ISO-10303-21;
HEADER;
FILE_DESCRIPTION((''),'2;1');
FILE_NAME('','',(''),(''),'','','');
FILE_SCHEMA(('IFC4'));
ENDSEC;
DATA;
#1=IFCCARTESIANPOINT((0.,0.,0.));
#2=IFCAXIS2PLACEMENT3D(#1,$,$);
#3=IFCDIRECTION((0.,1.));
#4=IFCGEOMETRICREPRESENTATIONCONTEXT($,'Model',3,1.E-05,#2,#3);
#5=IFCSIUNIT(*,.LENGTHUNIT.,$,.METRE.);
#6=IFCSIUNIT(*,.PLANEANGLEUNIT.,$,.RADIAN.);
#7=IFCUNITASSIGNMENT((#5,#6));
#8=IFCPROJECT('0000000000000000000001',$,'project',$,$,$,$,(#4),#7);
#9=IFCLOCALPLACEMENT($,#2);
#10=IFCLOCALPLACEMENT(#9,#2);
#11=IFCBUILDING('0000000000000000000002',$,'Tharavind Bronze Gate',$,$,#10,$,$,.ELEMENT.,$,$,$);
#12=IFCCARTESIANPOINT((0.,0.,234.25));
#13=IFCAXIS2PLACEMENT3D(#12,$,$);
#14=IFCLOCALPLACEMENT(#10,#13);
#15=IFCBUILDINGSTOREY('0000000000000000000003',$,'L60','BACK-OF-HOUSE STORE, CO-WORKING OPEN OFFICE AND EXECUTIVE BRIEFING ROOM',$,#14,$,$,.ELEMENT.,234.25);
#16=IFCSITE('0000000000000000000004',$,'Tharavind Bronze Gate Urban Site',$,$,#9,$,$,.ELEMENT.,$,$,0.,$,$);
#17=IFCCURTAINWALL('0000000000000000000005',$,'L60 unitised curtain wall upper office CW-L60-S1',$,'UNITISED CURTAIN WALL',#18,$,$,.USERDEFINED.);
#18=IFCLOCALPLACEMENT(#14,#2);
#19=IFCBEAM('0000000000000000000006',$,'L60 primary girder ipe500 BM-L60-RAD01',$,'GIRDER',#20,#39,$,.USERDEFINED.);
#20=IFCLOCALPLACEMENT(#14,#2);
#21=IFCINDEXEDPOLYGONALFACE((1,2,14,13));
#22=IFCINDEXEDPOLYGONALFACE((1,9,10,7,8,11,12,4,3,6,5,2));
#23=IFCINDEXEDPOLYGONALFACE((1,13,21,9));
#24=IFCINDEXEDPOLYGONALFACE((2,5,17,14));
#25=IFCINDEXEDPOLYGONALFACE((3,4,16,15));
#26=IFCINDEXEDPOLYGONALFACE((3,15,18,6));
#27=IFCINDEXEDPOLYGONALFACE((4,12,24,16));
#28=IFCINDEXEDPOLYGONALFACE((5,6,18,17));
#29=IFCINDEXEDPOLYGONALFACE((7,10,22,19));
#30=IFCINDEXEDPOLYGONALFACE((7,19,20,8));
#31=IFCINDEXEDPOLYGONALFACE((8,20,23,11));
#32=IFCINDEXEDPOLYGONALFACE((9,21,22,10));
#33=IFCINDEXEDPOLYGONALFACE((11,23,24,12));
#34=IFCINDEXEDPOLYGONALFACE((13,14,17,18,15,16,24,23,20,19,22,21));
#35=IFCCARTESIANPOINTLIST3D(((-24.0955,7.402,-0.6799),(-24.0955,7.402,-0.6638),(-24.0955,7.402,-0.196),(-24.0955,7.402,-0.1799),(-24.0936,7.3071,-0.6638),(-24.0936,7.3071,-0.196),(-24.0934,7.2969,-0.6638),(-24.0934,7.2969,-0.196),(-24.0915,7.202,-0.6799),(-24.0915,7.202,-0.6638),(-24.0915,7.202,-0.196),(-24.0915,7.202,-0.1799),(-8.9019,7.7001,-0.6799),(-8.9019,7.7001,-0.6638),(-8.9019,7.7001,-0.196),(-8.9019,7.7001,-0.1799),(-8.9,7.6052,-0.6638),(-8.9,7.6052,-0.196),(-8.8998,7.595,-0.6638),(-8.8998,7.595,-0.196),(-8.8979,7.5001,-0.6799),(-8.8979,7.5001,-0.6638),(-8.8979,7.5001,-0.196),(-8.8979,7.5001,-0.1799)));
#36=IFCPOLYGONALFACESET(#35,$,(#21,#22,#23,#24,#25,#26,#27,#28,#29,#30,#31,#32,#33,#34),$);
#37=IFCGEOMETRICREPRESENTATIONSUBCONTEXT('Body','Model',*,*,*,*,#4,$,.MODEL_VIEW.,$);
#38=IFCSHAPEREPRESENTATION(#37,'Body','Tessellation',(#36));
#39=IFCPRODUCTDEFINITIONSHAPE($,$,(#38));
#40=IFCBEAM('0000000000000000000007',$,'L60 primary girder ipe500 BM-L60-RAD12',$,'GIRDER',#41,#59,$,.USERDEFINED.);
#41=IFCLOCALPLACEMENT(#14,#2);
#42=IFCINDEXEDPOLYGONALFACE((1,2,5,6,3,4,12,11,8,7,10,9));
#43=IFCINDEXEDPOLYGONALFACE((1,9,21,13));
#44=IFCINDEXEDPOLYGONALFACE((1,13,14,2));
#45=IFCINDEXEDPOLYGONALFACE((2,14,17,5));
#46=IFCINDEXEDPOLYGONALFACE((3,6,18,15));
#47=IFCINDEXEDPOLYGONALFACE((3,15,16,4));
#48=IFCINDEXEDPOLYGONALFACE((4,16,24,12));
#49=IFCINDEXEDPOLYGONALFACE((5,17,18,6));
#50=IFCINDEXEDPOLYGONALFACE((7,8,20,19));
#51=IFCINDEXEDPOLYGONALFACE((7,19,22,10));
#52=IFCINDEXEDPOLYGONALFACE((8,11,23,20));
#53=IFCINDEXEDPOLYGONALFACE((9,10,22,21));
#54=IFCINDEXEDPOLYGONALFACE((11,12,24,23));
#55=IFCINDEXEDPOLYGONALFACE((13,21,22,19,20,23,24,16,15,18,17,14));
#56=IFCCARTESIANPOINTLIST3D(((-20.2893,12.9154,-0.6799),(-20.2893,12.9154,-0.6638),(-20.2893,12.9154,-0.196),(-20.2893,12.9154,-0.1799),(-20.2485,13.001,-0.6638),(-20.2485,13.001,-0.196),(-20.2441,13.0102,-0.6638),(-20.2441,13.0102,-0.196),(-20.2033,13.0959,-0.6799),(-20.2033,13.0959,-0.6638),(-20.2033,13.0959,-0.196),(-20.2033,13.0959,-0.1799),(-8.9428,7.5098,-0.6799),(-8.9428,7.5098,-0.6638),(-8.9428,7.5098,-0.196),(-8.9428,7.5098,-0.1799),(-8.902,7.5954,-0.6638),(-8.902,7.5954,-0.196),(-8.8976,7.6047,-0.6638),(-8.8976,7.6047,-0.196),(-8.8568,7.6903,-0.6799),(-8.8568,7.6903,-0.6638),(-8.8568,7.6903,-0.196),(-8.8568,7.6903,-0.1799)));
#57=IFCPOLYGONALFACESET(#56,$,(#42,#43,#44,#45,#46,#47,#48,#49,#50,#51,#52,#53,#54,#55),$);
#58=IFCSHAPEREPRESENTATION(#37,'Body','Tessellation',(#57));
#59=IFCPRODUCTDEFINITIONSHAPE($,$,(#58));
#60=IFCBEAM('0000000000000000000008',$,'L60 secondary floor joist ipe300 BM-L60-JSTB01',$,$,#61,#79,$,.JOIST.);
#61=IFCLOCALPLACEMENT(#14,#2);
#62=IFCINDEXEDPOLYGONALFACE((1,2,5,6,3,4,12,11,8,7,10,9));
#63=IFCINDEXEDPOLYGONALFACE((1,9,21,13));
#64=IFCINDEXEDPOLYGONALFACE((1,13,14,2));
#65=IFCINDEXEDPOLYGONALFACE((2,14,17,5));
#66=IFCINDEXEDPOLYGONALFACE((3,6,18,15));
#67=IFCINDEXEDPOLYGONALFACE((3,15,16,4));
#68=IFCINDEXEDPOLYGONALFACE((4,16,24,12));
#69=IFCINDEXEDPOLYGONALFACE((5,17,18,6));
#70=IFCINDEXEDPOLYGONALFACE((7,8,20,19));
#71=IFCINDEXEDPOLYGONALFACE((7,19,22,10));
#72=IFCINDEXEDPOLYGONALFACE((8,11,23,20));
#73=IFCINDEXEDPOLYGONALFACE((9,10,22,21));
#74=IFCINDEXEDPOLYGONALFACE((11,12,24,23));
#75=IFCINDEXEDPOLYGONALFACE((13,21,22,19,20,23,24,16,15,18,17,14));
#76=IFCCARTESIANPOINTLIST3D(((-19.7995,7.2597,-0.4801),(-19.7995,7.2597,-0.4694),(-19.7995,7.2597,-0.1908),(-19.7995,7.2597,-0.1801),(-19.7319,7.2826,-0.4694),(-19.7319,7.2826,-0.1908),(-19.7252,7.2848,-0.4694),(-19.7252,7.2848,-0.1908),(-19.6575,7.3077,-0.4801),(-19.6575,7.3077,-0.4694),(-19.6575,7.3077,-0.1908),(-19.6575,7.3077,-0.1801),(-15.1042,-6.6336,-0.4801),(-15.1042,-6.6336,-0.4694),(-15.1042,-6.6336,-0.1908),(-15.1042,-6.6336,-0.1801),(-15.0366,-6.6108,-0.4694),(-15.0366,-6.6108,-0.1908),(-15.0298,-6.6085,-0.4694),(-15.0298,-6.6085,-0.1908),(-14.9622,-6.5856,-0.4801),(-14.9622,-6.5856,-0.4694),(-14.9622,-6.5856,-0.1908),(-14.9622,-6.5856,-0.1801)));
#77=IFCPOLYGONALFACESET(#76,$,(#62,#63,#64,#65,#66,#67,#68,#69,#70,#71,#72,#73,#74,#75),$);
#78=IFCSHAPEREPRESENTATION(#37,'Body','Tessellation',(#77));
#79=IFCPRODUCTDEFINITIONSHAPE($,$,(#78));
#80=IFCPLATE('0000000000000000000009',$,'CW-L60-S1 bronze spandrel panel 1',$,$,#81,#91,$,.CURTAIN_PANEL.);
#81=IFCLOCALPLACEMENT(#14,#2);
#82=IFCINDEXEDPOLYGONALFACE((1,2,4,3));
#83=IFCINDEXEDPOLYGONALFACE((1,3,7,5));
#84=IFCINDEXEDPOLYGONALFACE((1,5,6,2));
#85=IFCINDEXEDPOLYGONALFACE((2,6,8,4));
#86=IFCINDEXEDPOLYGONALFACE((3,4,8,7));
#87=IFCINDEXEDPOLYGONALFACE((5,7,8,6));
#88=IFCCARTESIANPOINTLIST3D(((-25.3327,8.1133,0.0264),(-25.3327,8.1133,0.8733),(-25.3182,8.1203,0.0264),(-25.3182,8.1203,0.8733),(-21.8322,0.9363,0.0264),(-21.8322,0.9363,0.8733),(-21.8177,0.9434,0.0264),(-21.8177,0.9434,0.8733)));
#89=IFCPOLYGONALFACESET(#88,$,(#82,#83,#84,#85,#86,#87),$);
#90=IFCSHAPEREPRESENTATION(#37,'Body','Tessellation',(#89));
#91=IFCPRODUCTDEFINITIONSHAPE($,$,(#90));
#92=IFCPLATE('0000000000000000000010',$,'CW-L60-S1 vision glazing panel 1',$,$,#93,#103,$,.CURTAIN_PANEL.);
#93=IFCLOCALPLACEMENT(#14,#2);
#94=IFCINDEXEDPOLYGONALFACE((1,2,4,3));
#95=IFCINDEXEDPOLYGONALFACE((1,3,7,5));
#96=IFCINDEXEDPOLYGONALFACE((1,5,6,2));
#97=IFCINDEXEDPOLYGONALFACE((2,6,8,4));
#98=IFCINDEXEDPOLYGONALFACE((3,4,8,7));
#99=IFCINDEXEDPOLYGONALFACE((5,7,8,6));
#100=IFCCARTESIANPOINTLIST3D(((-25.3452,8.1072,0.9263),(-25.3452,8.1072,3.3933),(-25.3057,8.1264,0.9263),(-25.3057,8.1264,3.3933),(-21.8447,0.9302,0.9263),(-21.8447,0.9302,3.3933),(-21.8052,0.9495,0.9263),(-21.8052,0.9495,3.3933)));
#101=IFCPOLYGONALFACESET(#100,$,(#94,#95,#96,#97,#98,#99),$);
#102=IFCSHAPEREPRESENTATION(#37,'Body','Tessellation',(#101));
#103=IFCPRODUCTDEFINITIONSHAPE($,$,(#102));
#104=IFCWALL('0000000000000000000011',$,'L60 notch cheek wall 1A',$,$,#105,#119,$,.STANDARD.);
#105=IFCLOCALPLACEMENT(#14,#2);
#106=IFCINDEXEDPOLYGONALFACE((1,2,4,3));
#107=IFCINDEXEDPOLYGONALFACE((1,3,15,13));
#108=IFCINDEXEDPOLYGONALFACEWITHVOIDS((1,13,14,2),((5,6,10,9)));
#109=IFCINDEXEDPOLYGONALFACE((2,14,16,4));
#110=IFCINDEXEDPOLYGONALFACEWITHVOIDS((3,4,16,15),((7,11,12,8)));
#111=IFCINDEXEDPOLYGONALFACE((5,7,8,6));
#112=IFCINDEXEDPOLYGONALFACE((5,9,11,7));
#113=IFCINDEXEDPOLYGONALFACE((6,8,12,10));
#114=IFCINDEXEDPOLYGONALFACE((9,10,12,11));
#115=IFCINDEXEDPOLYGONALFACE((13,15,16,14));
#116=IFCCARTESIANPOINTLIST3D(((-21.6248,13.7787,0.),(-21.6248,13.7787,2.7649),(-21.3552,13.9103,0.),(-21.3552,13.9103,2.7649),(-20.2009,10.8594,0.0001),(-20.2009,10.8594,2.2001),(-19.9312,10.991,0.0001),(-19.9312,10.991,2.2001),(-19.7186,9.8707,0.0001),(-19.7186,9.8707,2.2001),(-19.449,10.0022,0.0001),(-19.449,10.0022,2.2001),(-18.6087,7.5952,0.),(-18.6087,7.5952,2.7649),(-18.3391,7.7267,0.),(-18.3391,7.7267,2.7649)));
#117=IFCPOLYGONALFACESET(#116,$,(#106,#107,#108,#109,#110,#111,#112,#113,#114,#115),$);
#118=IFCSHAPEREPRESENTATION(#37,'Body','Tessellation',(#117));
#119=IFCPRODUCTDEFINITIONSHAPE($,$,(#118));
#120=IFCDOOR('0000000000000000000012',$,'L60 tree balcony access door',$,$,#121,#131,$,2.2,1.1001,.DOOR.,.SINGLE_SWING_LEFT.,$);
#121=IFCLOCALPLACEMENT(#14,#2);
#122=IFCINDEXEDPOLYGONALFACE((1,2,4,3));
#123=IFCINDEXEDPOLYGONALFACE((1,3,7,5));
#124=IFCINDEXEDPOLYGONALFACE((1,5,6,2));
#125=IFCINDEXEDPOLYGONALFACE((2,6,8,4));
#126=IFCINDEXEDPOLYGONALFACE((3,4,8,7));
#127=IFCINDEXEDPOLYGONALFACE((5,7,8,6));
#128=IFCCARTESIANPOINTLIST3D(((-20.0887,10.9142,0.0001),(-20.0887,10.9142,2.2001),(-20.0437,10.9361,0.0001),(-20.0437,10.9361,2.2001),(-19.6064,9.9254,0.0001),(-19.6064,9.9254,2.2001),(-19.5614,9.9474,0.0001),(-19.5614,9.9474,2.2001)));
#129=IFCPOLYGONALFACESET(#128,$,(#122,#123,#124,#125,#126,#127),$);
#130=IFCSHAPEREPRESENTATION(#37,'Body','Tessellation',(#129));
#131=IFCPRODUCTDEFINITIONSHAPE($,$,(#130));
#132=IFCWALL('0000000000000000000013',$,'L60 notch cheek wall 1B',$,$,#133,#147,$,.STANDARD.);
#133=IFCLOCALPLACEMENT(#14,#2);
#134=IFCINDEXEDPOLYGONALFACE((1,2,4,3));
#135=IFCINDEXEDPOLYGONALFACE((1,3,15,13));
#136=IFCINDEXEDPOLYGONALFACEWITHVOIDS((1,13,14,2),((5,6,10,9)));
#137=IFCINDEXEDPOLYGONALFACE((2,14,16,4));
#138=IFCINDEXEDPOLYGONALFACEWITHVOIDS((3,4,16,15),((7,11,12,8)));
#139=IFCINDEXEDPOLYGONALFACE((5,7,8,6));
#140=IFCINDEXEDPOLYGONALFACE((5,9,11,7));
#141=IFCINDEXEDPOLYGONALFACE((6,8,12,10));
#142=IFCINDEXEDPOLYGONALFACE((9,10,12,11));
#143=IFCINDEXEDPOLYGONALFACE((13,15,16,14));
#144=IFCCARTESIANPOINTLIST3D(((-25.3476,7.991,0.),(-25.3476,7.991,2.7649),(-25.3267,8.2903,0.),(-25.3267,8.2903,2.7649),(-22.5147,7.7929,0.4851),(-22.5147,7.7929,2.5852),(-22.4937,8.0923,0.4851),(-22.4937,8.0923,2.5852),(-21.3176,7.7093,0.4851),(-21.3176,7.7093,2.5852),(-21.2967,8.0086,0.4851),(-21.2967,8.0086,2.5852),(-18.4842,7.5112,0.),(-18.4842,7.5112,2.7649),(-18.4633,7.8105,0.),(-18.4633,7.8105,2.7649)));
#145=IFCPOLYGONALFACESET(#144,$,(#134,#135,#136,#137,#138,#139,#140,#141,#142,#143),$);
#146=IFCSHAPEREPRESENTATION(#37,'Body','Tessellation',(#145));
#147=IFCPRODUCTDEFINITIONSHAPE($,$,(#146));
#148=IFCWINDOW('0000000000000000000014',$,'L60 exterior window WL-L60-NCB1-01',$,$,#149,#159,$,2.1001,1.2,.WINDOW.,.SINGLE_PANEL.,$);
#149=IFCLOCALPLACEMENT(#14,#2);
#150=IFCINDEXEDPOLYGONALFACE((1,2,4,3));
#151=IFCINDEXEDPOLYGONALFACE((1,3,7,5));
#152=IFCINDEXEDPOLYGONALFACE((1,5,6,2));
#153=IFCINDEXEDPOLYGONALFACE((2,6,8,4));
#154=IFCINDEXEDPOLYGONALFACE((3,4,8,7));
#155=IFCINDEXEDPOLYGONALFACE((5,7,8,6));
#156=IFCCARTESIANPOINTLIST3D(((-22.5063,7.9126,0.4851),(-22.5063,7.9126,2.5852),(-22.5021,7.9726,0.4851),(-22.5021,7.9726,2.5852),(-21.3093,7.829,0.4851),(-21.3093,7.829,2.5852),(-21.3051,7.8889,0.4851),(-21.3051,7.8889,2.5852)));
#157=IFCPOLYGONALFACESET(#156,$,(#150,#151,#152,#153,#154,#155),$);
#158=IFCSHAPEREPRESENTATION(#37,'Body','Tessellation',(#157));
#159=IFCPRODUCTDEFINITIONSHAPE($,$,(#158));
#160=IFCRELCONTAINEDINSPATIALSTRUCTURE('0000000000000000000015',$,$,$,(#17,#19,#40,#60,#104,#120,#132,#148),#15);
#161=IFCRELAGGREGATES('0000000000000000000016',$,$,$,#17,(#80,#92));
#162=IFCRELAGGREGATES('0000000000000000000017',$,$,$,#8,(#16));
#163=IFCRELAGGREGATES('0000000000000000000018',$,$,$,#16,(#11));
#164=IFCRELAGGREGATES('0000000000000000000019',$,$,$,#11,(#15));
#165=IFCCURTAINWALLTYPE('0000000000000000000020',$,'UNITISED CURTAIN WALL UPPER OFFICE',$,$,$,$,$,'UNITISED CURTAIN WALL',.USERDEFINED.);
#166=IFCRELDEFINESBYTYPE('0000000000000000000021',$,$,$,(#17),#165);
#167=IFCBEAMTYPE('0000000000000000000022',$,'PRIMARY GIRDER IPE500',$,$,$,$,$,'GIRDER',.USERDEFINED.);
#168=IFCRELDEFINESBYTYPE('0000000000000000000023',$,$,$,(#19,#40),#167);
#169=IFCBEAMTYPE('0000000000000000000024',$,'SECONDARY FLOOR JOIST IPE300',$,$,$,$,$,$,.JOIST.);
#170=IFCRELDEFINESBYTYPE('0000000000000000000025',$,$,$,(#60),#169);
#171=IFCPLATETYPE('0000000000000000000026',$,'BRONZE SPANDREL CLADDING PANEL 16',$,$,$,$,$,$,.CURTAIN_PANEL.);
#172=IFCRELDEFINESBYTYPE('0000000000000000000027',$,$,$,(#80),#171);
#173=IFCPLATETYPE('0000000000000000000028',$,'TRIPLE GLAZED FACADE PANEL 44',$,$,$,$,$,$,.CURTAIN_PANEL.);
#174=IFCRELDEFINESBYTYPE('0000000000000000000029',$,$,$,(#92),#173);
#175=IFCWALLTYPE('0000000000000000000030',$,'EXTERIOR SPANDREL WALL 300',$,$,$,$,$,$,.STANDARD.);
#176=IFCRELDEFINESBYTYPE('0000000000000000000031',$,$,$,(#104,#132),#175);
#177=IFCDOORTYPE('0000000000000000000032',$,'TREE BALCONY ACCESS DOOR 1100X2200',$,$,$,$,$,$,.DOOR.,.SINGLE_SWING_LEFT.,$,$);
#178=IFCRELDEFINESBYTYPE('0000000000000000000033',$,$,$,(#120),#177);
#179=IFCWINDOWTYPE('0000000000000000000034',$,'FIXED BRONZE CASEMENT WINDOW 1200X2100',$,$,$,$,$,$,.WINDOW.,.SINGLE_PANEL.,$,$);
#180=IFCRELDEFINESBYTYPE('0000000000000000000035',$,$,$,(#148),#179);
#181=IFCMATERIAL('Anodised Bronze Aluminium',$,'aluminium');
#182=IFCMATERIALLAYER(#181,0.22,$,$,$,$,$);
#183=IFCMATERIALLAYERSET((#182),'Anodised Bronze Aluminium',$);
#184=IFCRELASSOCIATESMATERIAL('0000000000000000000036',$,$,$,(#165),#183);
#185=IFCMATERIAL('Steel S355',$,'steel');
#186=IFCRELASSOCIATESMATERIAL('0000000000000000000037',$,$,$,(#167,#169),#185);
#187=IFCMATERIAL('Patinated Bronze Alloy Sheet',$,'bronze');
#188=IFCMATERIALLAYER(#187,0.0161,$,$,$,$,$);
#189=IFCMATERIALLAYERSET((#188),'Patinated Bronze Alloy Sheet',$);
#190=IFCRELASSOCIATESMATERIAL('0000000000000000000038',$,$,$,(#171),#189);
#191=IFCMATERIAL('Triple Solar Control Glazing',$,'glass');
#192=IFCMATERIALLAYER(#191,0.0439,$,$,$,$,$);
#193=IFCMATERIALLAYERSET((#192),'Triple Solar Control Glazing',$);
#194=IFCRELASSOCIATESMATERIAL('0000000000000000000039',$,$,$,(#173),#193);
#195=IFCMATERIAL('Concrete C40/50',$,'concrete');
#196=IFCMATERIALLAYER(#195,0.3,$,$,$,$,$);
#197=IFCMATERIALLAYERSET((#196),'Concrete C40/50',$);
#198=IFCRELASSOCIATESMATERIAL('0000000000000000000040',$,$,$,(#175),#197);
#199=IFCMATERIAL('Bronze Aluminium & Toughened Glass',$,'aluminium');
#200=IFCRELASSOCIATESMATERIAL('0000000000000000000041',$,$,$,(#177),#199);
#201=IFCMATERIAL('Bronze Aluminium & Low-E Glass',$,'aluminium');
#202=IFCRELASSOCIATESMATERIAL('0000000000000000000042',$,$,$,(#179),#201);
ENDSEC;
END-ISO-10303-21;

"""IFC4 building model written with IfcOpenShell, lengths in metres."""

from ifc_helpers import new_model, si_unit, direction, frame, frame_2d, origin, origin_2d, place, context, subcontext, project, spatial, rectangle, i_section, extrude, material, layer, layer_set, material_profile, profile_set, type_object, element, fill, aggregate, save


model = new_model("IFC4")

# Units and contexts
model_context = context("Model", 3, precision=1e-05, world=origin(), true_north=direction((0.0, 1.0)))
body_context = subcontext(model_context, "Body", "Model", "MODEL_VIEW")
ifc_project = project(units=[si_unit("LENGTHUNIT", "METRE"), si_unit("PLANEANGLEUNIT", "RADIAN")], contexts=[model_context])

# Site, building, storey
site_placement = place(None, origin())
site = spatial("IfcSite", under=ifc_project, at=site_placement, Name="Tharavind Bronze Gate Urban Site", CompositionType="ELEMENT", RefElevation=0.0)
building_placement = place(site_placement, origin())
building = spatial("IfcBuilding", under=site, at=building_placement, Name="Tharavind Bronze Gate", CompositionType="ELEMENT")
storey_placement = place(building_placement, frame((0.0, 0.0, 234.25)))
storey = spatial("IfcBuildingStorey", under=building, at=storey_placement, Name="L60", Description="BACK-OF-HOUSE STORE, CO-WORKING OPEN OFFICE AND EXECUTIVE BRIEFING ROOM", CompositionType="ELEMENT", Elevation=234.25)

# Curtain wall
ifc_material_1 = material(Name="Anodised Bronze Aluminium", Category="aluminium")
ifc_layer_1 = layer(ifc_material_1, 0.22)
ifc_layer_set_1 = layer_set([ifc_layer_1], Name="Anodised Bronze Aluminium")
curtain_wall_type = type_object("IfcCurtainWallType", Name="UNITISED CURTAIN WALL UPPER OFFICE", ElementType="UNITISED CURTAIN WALL", PredefinedType="USERDEFINED", material=ifc_layer_set_1)
curtain_wall_1_placement = place(storey_placement, origin())
curtain_wall_1 = element("IfcCurtainWall", 1, at=curtain_wall_1_placement, inside=storey, type_object=curtain_wall_type, Name="L60 unitised curtain wall upper office CW-L60-S1", ObjectType="UNITISED CURTAIN WALL", PredefinedType="USERDEFINED")

# Beams
ifc_material_2 = material(Name="Steel S355", Category="steel")
ifc_material_profile_1 = material_profile(ifc_material_2, i_section(OverallWidth=0.2, OverallDepth=0.5, WebThickness=0.0103, FlangeThickness=0.0161, at=origin_2d()), Name="IPE500")
ifc_profile_set_1 = profile_set([ifc_material_profile_1], Name="Steel S355")
beam_type_1 = type_object("IfcBeamType", Name="PRIMARY GIRDER IPE500", ElementType="GIRDER", PredefinedType="USERDEFINED", material=ifc_profile_set_1)
beam_1_placement = place(storey_placement, frame((-24.0935, 7.302, -0.4299), z_axis=(0.999808, 0.019616, 0.0), x_axis=(-0.019616, 0.999808, 0.0)))
element("IfcBeam", 2, at=beam_1_placement, inside=storey, type_object=beam_type_1, Name="L60 primary girder ipe500 BM-L60-RAD01", ObjectType="GIRDER", PredefinedType="USERDEFINED", context=body_context, shape_type="SweptSolid", body=[
    extrude(i_section(OverallWidth=0.2, OverallDepth=0.5, WebThickness=0.0103, FlangeThickness=0.0161, at=origin_2d()), origin(), (0.0, 0.0, 1.0), 15.1965),
])
beam_2_placement = place(storey_placement, frame((-20.2463, 13.0056, -0.4299), z_axis=(0.902785, -0.430093, 0.0), x_axis=(0.430093, 0.902785, 0.0)))
element("IfcBeam", 3, at=beam_2_placement, inside=storey, type_object=beam_type_1, Name="L60 primary girder ipe500 BM-L60-RAD12", ObjectType="GIRDER", PredefinedType="USERDEFINED", context=body_context, shape_type="SweptSolid", body=[
    extrude(i_section(OverallWidth=0.2, OverallDepth=0.5, WebThickness=0.0103, FlangeThickness=0.0161, at=origin_2d()), origin(), (0.0, 0.0, 1.0), 12.5684),
])
ifc_material_profile_2 = material_profile(ifc_material_2, i_section(OverallWidth=0.1499, OverallDepth=0.3, WebThickness=0.0071, FlangeThickness=0.0107, at=origin_2d()), Name="IPE300")
ifc_profile_set_2 = profile_set([ifc_material_profile_2], Name="Steel S355")
beam_type_2 = type_object("IfcBeamType", Name="SECONDARY FLOOR JOIST IPE300", PredefinedType="JOIST", material=ifc_profile_set_2)
beam_3_placement = place(storey_placement, frame((-19.7285, 7.2837, -0.3301), z_axis=(0.320166, -0.947362, 0.0), x_axis=(0.947362, 0.320166, 0.0)))
element("IfcBeam", 4, at=beam_3_placement, inside=storey, type_object=beam_type_2, Name="L60 secondary floor joist ipe300 BM-L60-JSTB01", PredefinedType="JOIST", context=body_context, shape_type="SweptSolid", body=[
    extrude(i_section(OverallWidth=0.1499, OverallDepth=0.3, WebThickness=0.0071, FlangeThickness=0.0107, at=origin_2d()), origin(), (0.0, 0.0, 1.0), 14.6653),
])

# Plates
ifc_material_3 = material(Name="Patinated Bronze Alloy Sheet", Category="bronze")
ifc_layer_2 = layer(ifc_material_3, 0.0161)
ifc_layer_set_2 = layer_set([ifc_layer_2], Name="Patinated Bronze Alloy Sheet")
plate_type_1 = type_object("IfcPlateType", Name="BRONZE SPANDREL CLADDING PANEL 16", PredefinedType="CURTAIN_PANEL", material=ifc_layer_set_2)
plate_1_placement = place(storey_placement, frame((-23.5752, 4.5283, 0.0264), z_axis=(0.0, 0.0, 1.0), x_axis=(0.438371, -0.898794, 0.0)))
plate_1 = element("IfcPlate", 5, at=plate_1_placement, type_object=plate_type_1, Name="CW-L60-S1 bronze spandrel panel 1", PredefinedType="CURTAIN_PANEL", context=body_context, shape_type="SweptSolid", body=[
    extrude(rectangle(XDim=7.9851, YDim=0.0161, at=origin_2d()), origin(), (0.0, 0.0, 1.0), 0.8469),
])
ifc_material_4 = material(Name="Triple Solar Control Glazing", Category="glass")
ifc_layer_3 = layer(ifc_material_4, 0.0439)
ifc_layer_set_3 = layer_set([ifc_layer_3], Name="Triple Solar Control Glazing")
plate_type_2 = type_object("IfcPlateType", Name="TRIPLE GLAZED FACADE PANEL 44", PredefinedType="CURTAIN_PANEL", material=ifc_layer_set_3)
plate_2_placement = place(storey_placement, frame((-23.5752, 4.5283, 0.9263), z_axis=(0.0, 0.0, 1.0), x_axis=(0.438371, -0.898794, 0.0)))
plate_2 = element("IfcPlate", 6, at=plate_2_placement, type_object=plate_type_2, Name="CW-L60-S1 vision glazing panel 1", PredefinedType="CURTAIN_PANEL", context=body_context, shape_type="SweptSolid", body=[
    extrude(rectangle(XDim=7.9851, YDim=0.0439, at=origin_2d()), origin(), (0.0, 0.0, 1.0), 2.467),
])
aggregate(curtain_wall_1, [plate_1, plate_2])

# Wall, opening, door
ifc_material_5 = material(Name="Concrete C40/50", Category="concrete")
ifc_layer_4 = layer(ifc_material_5, 0.3)
ifc_layer_set_4 = layer_set([ifc_layer_4], Name="Concrete C40/50")
wall_type = type_object("IfcWallType", Name="EXTERIOR SPANDREL WALL 300", PredefinedType="STANDARD", material=ifc_layer_set_4)
wall_1_placement = place(storey_placement, frame((-21.49, 13.8445, 0.0), z_axis=(0.0, 0.0, 1.0), x_axis=(0.438391, -0.898784, 0.0)))
wall_1 = element("IfcWall", 7, at=wall_1_placement, inside=storey, type_object=wall_type, Name="L60 notch cheek wall 1A", PredefinedType="STANDARD", context=body_context, shape_type="SweptSolid", body=[
    extrude(rectangle(XDim=6.8799, YDim=0.3, at=frame_2d((3.4399, 0.0))), origin(), (0.0, 0.0, 1.0), 2.7649),
])
opening_1_placement = place(wall_1_placement, frame((3.248, 0.0, 0.0)))
opening_1 = element("IfcOpeningElement", 8, at=opening_1_placement, cuts=wall_1, PredefinedType="OPENING", context=body_context, shape_type="SweptSolid", body=[
    extrude(rectangle(XDim=1.1001, YDim=2.2, at=frame_2d((0.55, 1.1001))), frame((0.0, 0.1599, 0.0), z_axis=(0.0, -1.0, 0.0), x_axis=(1.0, 0.0, 0.0)), (0.0, 0.0, 1.0), 0.32),
])
ifc_material_6 = material(Name="Bronze Aluminium & Toughened Glass", Category="aluminium")
door_type = type_object("IfcDoorType", Name="TREE BALCONY ACCESS DOOR 1100X2200", OperationType="SINGLE_SWING_LEFT", PredefinedType="DOOR", material=ifc_material_6)
door_placement = place(opening_1_placement, origin())
door = element("IfcDoor", 9, at=door_placement, inside=storey, type_object=door_type, Name="L60 tree balcony access door", OperationType="SINGLE_SWING_LEFT", OverallHeight=2.2, OverallWidth=1.1001, PredefinedType="DOOR", context=body_context, shape_type="SweptSolid", body=[
    extrude(rectangle(XDim=1.1001, YDim=2.2, at=frame_2d((0.55, 1.1001))), frame((0.0, 0.0249, 0.0), z_axis=(0.0, -1.0, 0.0), x_axis=(1.0, 0.0, 0.0)), (0.0, 0.0, 1.0), 0.05),
])
fill(opening_1, door)

# Wall, opening, window
wall_2_placement = place(storey_placement, frame((-18.4739, 7.6609, 0.0), z_axis=(0.0, 0.0, 1.0), x_axis=(-0.997566, 0.069729, 0.0)))
wall_2 = element("IfcWall", 10, at=wall_2_placement, inside=storey, type_object=wall_type, Name="L60 notch cheek wall 1B", PredefinedType="STANDARD", context=body_context, shape_type="SweptSolid", body=[
    extrude(rectangle(XDim=6.8801, YDim=0.3, at=frame_2d((3.4399, 0.0))), origin(), (0.0, 0.0, 1.0), 2.7649),
])
opening_2_placement = place(wall_2_placement, frame((2.8401, 0.0, 0.4851)))
opening_2 = element("IfcOpeningElement", 11, at=opening_2_placement, cuts=wall_2, PredefinedType="OPENING", context=body_context, shape_type="SweptSolid", body=[
    extrude(rectangle(XDim=1.2, YDim=2.1001, at=frame_2d((0.6001, 1.05))), frame((0.0, 0.1599, 0.0), z_axis=(0.0, -1.0, 0.0), x_axis=(1.0, 0.0, 0.0)), (0.0, 0.0, 1.0), 0.32),
])
ifc_material_7 = material(Name="Bronze Aluminium & Low-E Glass", Category="aluminium")
window_type = type_object("IfcWindowType", Name="FIXED BRONZE CASEMENT WINDOW 1200X2100", PartitioningType="SINGLE_PANEL", PredefinedType="WINDOW", material=ifc_material_7)
window_placement = place(opening_2_placement, origin())
window = element("IfcWindow", 12, at=window_placement, inside=storey, type_object=window_type, Name="L60 exterior window WL-L60-NCB1-01", OverallHeight=2.1001, OverallWidth=1.2, PartitioningType="SINGLE_PANEL", PredefinedType="WINDOW", context=body_context, shape_type="SweptSolid", body=[
    extrude(rectangle(XDim=1.2, YDim=2.1001, at=frame_2d((0.6001, 1.05))), frame((0.0, 0.03, 0.0), z_axis=(0.0, -1.0, 0.0), x_axis=(1.0, 0.0, 0.0)), (0.0, 0.0, 1.0), 0.0601),
])
fill(opening_2, window)

save(model, "model.ifc")
